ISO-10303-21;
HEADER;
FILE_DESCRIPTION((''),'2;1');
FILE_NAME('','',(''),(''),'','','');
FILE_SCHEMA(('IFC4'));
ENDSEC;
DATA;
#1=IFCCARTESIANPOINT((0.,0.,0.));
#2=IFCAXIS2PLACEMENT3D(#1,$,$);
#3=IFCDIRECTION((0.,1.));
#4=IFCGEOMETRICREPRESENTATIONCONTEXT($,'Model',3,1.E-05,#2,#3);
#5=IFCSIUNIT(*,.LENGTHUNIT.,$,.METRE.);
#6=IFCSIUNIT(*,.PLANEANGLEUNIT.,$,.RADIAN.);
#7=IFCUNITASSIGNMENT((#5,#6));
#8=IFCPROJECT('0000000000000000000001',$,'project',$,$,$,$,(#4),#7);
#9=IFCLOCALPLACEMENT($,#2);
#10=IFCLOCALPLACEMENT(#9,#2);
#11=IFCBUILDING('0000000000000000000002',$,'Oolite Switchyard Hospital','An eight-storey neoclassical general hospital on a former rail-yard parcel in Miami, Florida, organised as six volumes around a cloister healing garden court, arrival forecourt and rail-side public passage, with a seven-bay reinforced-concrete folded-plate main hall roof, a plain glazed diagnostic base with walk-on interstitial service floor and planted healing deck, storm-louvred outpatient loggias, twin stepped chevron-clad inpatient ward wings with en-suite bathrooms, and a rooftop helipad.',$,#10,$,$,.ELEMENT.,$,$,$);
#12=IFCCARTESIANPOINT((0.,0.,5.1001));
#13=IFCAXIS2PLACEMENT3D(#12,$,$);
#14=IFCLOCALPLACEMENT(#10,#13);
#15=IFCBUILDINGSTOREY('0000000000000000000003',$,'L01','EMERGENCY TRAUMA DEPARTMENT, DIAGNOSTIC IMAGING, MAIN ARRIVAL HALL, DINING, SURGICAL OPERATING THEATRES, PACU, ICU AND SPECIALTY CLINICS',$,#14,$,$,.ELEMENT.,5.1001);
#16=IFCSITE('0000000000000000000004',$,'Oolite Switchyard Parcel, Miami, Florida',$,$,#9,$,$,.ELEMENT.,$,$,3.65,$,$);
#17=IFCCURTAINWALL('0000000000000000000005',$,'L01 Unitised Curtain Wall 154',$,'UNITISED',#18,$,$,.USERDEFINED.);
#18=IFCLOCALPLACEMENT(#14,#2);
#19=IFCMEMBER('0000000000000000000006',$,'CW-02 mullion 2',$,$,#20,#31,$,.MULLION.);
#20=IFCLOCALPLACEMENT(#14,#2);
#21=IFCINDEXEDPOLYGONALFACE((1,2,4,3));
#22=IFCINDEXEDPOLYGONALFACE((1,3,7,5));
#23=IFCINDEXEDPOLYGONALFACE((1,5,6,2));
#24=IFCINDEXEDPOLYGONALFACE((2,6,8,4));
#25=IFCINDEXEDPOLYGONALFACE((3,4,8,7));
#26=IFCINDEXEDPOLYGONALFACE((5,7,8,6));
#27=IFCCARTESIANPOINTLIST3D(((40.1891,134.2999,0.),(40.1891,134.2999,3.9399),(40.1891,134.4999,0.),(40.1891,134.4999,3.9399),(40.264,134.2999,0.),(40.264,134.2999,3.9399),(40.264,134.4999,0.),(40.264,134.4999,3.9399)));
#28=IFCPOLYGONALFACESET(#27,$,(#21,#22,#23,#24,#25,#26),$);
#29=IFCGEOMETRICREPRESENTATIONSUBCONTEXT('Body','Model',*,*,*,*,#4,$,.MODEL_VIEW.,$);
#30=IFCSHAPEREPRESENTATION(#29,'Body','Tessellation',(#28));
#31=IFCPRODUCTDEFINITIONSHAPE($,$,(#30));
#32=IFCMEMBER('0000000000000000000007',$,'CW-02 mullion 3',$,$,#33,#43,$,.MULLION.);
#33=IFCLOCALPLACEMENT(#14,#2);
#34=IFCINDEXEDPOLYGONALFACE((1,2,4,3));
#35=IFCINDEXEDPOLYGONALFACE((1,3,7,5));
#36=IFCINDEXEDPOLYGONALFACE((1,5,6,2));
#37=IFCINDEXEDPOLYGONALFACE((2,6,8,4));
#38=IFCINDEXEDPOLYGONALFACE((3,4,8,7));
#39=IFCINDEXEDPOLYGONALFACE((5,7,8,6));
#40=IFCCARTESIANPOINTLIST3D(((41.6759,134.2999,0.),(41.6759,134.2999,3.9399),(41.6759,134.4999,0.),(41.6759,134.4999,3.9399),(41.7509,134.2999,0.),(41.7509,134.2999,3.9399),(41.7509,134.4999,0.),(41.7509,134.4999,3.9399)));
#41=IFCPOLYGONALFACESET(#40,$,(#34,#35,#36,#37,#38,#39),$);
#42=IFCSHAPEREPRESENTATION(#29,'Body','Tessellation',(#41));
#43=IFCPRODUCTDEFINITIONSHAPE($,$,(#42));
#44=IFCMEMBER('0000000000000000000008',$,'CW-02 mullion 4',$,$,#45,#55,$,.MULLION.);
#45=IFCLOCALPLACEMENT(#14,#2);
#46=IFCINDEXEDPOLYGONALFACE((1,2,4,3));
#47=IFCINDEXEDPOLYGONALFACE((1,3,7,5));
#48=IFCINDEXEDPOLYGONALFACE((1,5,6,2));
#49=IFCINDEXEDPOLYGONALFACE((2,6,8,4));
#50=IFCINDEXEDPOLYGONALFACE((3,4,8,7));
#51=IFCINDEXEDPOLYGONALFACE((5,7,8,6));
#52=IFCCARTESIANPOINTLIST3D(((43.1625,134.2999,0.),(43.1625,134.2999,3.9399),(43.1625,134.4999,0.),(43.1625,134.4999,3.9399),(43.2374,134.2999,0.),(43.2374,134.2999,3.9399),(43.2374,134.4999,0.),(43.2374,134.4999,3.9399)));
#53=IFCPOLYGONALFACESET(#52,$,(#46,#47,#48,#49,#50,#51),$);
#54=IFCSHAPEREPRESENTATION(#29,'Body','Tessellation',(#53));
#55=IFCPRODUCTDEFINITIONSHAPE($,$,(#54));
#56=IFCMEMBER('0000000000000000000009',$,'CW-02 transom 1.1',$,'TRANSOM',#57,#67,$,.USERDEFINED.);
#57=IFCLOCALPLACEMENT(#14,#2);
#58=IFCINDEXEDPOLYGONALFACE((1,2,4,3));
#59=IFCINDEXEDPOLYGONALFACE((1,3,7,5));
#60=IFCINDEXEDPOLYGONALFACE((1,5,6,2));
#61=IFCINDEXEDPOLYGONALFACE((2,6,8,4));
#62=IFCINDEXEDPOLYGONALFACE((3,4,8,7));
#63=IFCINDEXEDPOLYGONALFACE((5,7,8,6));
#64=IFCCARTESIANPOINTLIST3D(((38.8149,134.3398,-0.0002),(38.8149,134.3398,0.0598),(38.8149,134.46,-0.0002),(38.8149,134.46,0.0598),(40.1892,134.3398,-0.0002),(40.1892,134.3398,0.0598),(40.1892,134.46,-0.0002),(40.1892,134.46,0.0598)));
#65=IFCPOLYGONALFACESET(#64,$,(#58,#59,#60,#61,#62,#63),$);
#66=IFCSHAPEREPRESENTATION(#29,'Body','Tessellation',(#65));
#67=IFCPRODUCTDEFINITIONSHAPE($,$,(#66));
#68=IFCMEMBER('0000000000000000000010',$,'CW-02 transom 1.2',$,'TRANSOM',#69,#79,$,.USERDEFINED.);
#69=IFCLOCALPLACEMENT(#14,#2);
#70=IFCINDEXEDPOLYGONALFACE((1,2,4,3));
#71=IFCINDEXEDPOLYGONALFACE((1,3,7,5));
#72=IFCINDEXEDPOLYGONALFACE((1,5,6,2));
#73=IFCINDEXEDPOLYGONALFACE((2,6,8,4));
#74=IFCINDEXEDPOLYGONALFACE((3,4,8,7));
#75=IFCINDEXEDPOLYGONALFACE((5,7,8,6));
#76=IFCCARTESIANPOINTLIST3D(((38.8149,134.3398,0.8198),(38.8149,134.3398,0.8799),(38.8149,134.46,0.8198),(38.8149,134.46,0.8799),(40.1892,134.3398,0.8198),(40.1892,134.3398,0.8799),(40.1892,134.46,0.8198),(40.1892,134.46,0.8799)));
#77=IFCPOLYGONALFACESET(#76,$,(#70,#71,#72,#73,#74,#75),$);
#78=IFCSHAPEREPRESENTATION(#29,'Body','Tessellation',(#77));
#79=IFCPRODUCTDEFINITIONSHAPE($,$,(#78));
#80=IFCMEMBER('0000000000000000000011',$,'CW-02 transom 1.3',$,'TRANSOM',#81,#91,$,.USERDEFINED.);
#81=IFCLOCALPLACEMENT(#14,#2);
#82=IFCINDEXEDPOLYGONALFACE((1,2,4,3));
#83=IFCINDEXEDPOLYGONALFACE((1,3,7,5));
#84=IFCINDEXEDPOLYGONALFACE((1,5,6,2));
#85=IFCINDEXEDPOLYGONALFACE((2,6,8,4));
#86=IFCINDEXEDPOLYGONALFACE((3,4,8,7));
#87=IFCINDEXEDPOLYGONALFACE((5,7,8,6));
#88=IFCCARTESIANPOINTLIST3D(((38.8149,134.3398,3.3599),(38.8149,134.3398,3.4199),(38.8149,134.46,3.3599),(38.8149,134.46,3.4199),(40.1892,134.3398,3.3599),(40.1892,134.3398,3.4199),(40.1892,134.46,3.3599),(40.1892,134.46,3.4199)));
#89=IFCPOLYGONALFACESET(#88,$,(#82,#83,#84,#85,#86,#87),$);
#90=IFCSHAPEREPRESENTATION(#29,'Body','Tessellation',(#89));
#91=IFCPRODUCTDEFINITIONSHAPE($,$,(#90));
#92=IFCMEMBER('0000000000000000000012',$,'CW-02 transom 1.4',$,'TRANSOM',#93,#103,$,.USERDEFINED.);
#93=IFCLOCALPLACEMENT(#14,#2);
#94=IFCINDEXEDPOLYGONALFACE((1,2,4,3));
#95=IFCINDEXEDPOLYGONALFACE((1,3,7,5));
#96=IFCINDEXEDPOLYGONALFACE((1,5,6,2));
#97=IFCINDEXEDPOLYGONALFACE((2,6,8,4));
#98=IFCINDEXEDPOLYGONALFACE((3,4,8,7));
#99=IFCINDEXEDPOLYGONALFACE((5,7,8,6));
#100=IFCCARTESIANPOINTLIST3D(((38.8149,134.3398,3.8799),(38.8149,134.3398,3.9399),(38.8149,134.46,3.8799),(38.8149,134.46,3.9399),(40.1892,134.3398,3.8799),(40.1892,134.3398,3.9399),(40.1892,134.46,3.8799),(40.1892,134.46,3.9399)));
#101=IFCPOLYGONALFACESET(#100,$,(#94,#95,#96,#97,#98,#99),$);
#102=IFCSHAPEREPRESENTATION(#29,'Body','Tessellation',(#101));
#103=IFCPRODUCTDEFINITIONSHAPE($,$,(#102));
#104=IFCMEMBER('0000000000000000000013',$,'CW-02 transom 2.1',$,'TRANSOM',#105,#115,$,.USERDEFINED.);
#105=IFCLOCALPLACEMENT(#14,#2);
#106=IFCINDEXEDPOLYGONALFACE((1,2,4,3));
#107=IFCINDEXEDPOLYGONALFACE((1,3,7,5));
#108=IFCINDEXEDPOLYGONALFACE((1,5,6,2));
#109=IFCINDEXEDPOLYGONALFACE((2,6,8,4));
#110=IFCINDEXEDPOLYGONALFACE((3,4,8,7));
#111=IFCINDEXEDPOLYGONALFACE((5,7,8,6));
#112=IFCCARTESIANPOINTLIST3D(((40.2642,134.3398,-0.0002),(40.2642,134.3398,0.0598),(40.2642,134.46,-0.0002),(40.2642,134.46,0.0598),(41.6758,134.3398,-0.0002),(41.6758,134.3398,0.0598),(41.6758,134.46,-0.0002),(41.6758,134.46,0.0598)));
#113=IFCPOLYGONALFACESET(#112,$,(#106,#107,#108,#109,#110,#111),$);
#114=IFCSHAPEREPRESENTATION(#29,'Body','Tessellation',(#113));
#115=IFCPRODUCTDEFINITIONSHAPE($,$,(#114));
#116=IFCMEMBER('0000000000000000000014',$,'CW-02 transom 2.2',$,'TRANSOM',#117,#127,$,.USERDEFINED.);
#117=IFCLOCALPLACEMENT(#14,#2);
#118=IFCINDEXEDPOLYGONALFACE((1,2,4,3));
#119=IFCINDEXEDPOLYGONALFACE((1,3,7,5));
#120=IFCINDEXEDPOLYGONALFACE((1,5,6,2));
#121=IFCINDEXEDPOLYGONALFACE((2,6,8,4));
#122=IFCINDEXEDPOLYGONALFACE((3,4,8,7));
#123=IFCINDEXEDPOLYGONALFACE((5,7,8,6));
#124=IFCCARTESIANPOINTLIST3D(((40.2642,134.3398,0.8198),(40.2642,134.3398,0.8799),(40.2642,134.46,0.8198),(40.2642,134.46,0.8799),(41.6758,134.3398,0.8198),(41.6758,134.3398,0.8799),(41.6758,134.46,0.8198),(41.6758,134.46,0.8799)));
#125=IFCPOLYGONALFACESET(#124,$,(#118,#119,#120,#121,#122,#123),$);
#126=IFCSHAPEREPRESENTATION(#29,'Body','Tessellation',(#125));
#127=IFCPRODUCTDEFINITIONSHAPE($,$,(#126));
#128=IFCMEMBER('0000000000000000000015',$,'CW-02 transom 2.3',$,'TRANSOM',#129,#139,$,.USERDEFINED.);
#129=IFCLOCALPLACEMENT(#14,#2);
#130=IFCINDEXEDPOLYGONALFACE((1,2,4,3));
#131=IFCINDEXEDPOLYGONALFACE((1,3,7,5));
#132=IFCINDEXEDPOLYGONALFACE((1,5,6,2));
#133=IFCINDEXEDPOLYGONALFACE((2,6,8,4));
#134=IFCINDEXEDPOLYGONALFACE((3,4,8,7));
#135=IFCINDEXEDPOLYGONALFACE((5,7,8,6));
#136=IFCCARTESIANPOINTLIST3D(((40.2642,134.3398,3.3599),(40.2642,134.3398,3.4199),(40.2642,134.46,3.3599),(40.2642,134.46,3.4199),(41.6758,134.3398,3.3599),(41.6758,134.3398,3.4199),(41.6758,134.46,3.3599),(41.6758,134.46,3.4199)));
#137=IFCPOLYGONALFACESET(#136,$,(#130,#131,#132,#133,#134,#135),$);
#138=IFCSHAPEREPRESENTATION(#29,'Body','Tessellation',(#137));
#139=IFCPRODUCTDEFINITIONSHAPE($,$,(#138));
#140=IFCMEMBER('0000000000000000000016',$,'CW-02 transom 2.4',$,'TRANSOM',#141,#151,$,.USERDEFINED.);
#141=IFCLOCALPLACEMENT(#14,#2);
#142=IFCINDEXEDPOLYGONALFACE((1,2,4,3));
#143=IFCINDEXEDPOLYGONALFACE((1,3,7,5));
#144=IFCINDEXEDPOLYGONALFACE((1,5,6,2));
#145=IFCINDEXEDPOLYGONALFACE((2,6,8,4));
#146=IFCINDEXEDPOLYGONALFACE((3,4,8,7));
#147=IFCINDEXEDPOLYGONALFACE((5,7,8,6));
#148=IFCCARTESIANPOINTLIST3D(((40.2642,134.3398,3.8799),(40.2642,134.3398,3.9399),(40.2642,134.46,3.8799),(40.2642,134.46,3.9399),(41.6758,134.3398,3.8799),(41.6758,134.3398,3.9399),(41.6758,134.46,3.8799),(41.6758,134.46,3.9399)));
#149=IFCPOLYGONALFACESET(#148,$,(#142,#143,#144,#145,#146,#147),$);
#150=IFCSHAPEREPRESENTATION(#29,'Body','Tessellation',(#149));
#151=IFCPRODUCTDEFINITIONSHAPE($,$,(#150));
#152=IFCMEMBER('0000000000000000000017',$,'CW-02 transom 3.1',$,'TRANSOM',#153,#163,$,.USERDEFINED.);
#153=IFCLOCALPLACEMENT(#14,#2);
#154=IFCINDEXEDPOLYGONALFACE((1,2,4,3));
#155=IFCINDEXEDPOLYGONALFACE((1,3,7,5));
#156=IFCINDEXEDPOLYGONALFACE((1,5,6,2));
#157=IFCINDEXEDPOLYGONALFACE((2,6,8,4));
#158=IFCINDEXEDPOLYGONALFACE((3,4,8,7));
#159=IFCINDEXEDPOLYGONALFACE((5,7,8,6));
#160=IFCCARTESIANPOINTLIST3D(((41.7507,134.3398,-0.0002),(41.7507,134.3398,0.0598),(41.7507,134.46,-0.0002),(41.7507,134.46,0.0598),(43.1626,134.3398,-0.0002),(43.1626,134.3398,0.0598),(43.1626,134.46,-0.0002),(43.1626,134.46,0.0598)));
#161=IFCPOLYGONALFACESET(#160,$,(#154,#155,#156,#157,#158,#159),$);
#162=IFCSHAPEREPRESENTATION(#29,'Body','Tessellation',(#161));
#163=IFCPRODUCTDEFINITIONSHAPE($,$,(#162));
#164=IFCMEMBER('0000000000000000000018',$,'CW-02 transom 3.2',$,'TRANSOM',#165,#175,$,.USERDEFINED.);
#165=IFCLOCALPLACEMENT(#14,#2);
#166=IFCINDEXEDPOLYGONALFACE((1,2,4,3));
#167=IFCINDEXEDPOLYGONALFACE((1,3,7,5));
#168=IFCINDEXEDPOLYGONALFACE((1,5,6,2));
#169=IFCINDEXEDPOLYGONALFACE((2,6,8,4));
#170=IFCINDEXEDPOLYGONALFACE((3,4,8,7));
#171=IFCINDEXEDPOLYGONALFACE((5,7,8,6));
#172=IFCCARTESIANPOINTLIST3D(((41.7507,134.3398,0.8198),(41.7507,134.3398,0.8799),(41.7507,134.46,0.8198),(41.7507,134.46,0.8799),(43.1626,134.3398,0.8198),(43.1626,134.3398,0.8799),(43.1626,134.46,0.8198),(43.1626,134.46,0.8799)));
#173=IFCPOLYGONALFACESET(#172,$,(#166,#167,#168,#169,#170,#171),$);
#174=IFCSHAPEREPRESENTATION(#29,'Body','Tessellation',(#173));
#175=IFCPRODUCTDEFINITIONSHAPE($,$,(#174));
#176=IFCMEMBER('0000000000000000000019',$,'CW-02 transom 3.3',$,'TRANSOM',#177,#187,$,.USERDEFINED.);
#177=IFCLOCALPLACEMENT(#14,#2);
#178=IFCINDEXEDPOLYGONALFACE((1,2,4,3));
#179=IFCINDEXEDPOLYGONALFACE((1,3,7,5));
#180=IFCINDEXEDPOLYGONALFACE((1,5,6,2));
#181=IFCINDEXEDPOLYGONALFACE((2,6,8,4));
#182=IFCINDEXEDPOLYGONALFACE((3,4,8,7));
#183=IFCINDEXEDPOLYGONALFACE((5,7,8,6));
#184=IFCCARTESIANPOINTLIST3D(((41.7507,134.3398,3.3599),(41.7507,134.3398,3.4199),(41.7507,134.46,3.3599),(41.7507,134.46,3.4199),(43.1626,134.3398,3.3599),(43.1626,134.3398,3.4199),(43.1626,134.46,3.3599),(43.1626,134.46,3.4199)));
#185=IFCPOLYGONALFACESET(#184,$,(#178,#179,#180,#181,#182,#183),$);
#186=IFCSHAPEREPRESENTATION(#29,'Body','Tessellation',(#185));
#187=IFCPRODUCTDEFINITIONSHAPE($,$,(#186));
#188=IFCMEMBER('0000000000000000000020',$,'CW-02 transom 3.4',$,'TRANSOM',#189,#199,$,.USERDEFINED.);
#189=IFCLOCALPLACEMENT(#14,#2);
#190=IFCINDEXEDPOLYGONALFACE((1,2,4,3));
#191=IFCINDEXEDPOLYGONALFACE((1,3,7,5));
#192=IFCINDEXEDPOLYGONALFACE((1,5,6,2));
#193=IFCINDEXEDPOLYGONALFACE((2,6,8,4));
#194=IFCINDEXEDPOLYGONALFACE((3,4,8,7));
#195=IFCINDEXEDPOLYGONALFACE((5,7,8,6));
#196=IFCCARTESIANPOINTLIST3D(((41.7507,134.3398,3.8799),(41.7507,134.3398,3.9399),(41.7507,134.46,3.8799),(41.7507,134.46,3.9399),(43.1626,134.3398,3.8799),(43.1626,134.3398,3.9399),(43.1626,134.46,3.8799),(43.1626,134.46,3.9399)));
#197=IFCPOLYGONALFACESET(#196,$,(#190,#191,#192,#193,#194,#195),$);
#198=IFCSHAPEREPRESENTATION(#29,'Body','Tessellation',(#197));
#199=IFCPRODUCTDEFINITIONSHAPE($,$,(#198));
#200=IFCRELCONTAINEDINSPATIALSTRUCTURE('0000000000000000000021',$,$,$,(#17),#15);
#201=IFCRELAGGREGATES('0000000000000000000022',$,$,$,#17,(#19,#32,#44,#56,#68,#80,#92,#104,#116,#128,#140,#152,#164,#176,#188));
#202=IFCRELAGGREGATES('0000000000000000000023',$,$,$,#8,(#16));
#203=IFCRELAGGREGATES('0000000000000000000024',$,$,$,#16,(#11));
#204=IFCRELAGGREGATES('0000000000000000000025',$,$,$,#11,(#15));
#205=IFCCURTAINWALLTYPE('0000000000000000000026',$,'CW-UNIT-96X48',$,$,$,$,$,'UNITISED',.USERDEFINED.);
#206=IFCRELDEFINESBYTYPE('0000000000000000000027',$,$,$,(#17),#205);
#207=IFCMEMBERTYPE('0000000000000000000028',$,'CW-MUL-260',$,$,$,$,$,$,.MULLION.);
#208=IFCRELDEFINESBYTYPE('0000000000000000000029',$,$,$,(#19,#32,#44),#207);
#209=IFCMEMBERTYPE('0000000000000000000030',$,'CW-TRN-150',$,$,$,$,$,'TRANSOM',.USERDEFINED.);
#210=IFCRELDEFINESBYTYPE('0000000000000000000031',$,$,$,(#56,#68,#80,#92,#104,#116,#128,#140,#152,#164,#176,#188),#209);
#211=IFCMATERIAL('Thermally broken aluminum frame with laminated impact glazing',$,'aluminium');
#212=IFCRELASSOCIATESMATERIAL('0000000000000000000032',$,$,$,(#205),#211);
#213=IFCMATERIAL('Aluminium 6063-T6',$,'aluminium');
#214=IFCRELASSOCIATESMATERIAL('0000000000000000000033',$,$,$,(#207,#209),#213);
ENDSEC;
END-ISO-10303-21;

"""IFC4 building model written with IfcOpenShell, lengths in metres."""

from ifc_helpers import new_model, si_unit, direction, frame, origin, origin_2d, place, context, subcontext, project, spatial, rectangle, extrude, material, material_profile, profile_set, type_object, element, aggregate, save


model = new_model("IFC4")

# Units and contexts
model_context = context("Model", 3, precision=1e-05, world=origin(), true_north=direction((0.0, 1.0)))
body_context = subcontext(model_context, "Body", "Model", "MODEL_VIEW")
ifc_project = project(units=[si_unit("LENGTHUNIT", "METRE"), si_unit("PLANEANGLEUNIT", "RADIAN")], contexts=[model_context])

# Site, building, storey
site_placement = place(None, origin())
site = spatial("IfcSite", under=ifc_project, at=site_placement, Name="Oolite Switchyard Parcel, Miami, Florida", CompositionType="ELEMENT", RefElevation=3.65)
building_placement = place(site_placement, origin())
building = spatial("IfcBuilding", under=site, at=building_placement, Name="Oolite Switchyard Hospital", Description="An eight-storey neoclassical general hospital on a former rail-yard parcel in Miami, Florida, organised as six volumes around a cloister healing garden court, arrival forecourt and rail-side public passage, with a seven-bay reinforced-concrete folded-plate main hall roof, a plain glazed diagnostic base with walk-on interstitial service floor and planted healing deck, storm-louvred outpatient loggias, twin stepped chevron-clad inpatient ward wings with en-suite bathrooms, and a rooftop helipad.", CompositionType="ELEMENT")
storey_placement = place(building_placement, frame((0.0, 0.0, 5.1001)))
storey = spatial("IfcBuildingStorey", under=building, at=storey_placement, Name="L01", Description="EMERGENCY TRAUMA DEPARTMENT, DIAGNOSTIC IMAGING, MAIN ARRIVAL HALL, DINING, SURGICAL OPERATING THEATRES, PACU, ICU AND SPECIALTY CLINICS", CompositionType="ELEMENT", Elevation=5.1001)

# Curtain wall, members
ifc_material_1 = material(Name="Thermally broken aluminum frame with laminated impact glazing", Category="aluminium")
curtain_wall_type = type_object("IfcCurtainWallType", Name="CW-UNIT-96X48", ElementType="UNITISED", PredefinedType="USERDEFINED", material=ifc_material_1)
curtain_wall_placement = place(storey_placement, origin())
curtain_wall = element("IfcCurtainWall", 1, at=curtain_wall_placement, inside=storey, type_object=curtain_wall_type, Name="L01 Unitised Curtain Wall 154", ObjectType="UNITISED", PredefinedType="USERDEFINED")
ifc_material_2 = material(Name="Aluminium 6063-T6", Category="aluminium")
ifc_material_profile_1 = material_profile(ifc_material_2, rectangle(XDim=0.2, YDim=0.075, at=origin_2d()), Name="CWM75X200")
ifc_profile_set_1 = profile_set([ifc_material_profile_1], Name="Aluminium 6063-T6")
member_type_1 = type_object("IfcMemberType", Name="CW-MUL-260", PredefinedType="MULLION", material=ifc_profile_set_1)
member_1_placement = place(storey_placement, frame((40.2266, 134.3999, 0.0), z_axis=(0.0, 0.0, 1.0), x_axis=(0.0, 1.0, 0.0)))
member_1 = element("IfcMember", 2, at=member_1_placement, type_object=member_type_1, Name="CW-02 mullion 2", PredefinedType="MULLION", context=body_context, shape_type="SweptSolid", body=[
    extrude(rectangle(XDim=0.2, YDim=0.075, at=origin_2d()), origin(), (0.0, 0.0, 1.0), 3.9399),
])
member_2_placement = place(storey_placement, frame((41.7134, 134.3999, 0.0), z_axis=(0.0, 0.0, 1.0), x_axis=(0.0, 1.0, 0.0)))
member_2 = element("IfcMember", 3, at=member_2_placement, type_object=member_type_1, Name="CW-02 mullion 3", PredefinedType="MULLION", context=body_context, shape_type="SweptSolid", body=[
    extrude(rectangle(XDim=0.2, YDim=0.075, at=origin_2d()), origin(), (0.0, 0.0, 1.0), 3.9399),
])
member_3_placement = place(storey_placement, frame((43.2, 134.3999, 0.0), z_axis=(0.0, 0.0, 1.0), x_axis=(0.0, 1.0, 0.0)))
member_3 = element("IfcMember", 4, at=member_3_placement, type_object=member_type_1, Name="CW-02 mullion 4", PredefinedType="MULLION", context=body_context, shape_type="SweptSolid", body=[
    extrude(rectangle(XDim=0.2, YDim=0.075, at=origin_2d()), origin(), (0.0, 0.0, 1.0), 3.9399),
])
ifc_material_profile_2 = material_profile(ifc_material_2, rectangle(XDim=0.1201, YDim=0.0601, at=origin_2d()), Name="CWT60X120")
ifc_profile_set_2 = profile_set([ifc_material_profile_2], Name="Aluminium 6063-T6")
member_type_2 = type_object("IfcMemberType", Name="CW-TRN-150", ElementType="TRANSOM", PredefinedType="USERDEFINED", material=ifc_profile_set_2)
member_4_placement = place(storey_placement, frame((38.8149, 134.3999, 0.0298), z_axis=(1.0, 0.0, 0.0), x_axis=(0.0, 1.0, 0.0)))
member_4 = element("IfcMember", 5, at=member_4_placement, type_object=member_type_2, Name="CW-02 transom 1.1", ObjectType="TRANSOM", PredefinedType="USERDEFINED", context=body_context, shape_type="SweptSolid", body=[
    extrude(rectangle(XDim=0.1201, YDim=0.0601, at=origin_2d()), origin(), (0.0, 0.0, 1.0), 1.3743),
])
member_5_placement = place(storey_placement, frame((38.8149, 134.3999, 0.8499), z_axis=(1.0, 0.0, 0.0), x_axis=(0.0, 1.0, 0.0)))
member_5 = element("IfcMember", 6, at=member_5_placement, type_object=member_type_2, Name="CW-02 transom 1.2", ObjectType="TRANSOM", PredefinedType="USERDEFINED", context=body_context, shape_type="SweptSolid", body=[
    extrude(rectangle(XDim=0.1201, YDim=0.0601, at=origin_2d()), origin(), (0.0, 0.0, 1.0), 1.3743),
])
member_6_placement = place(storey_placement, frame((38.8149, 134.3999, 3.3899), z_axis=(1.0, 0.0, 0.0), x_axis=(0.0, 1.0, 0.0)))
member_6 = element("IfcMember", 7, at=member_6_placement, type_object=member_type_2, Name="CW-02 transom 1.3", ObjectType="TRANSOM", PredefinedType="USERDEFINED", context=body_context, shape_type="SweptSolid", body=[
    extrude(rectangle(XDim=0.1201, YDim=0.0601, at=origin_2d()), origin(), (0.0, 0.0, 1.0), 1.3743),
])
member_7_placement = place(storey_placement, frame((38.8149, 134.3999, 3.9099), z_axis=(1.0, 0.0, 0.0), x_axis=(0.0, 1.0, 0.0)))
member_7 = element("IfcMember", 8, at=member_7_placement, type_object=member_type_2, Name="CW-02 transom 1.4", ObjectType="TRANSOM", PredefinedType="USERDEFINED", context=body_context, shape_type="SweptSolid", body=[
    extrude(rectangle(XDim=0.1201, YDim=0.0601, at=origin_2d()), origin(), (0.0, 0.0, 1.0), 1.3743),
])
member_8_placement = place(storey_placement, frame((40.2642, 134.3999, 0.0298), z_axis=(1.0, 0.0, 0.0), x_axis=(0.0, 1.0, 0.0)))
member_8 = element("IfcMember", 9, at=member_8_placement, type_object=member_type_2, Name="CW-02 transom 2.1", ObjectType="TRANSOM", PredefinedType="USERDEFINED", context=body_context, shape_type="SweptSolid", body=[
    extrude(rectangle(XDim=0.1201, YDim=0.0601, at=origin_2d()), origin(), (0.0, 0.0, 1.0), 1.4116),
])
member_9_placement = place(storey_placement, frame((40.2642, 134.3999, 0.8499), z_axis=(1.0, 0.0, 0.0), x_axis=(0.0, 1.0, 0.0)))
member_9 = element("IfcMember", 10, at=member_9_placement, type_object=member_type_2, Name="CW-02 transom 2.2", ObjectType="TRANSOM", PredefinedType="USERDEFINED", context=body_context, shape_type="SweptSolid", body=[
    extrude(rectangle(XDim=0.1201, YDim=0.0601, at=origin_2d()), origin(), (0.0, 0.0, 1.0), 1.4116),
])
member_10_placement = place(storey_placement, frame((40.2642, 134.3999, 3.3899), z_axis=(1.0, 0.0, 0.0), x_axis=(0.0, 1.0, 0.0)))
member_10 = element("IfcMember", 11, at=member_10_placement, type_object=member_type_2, Name="CW-02 transom 2.3", ObjectType="TRANSOM", PredefinedType="USERDEFINED", context=body_context, shape_type="SweptSolid", body=[
    extrude(rectangle(XDim=0.1201, YDim=0.0601, at=origin_2d()), origin(), (0.0, 0.0, 1.0), 1.4116),
])
member_11_placement = place(storey_placement, frame((40.2642, 134.3999, 3.9099), z_axis=(1.0, 0.0, 0.0), x_axis=(0.0, 1.0, 0.0)))
member_11 = element("IfcMember", 12, at=member_11_placement, type_object=member_type_2, Name="CW-02 transom 2.4", ObjectType="TRANSOM", PredefinedType="USERDEFINED", context=body_context, shape_type="SweptSolid", body=[
    extrude(rectangle(XDim=0.1201, YDim=0.0601, at=origin_2d()), origin(), (0.0, 0.0, 1.0), 1.4116),
])
member_12_placement = place(storey_placement, frame((41.7507, 134.3999, 0.0298), z_axis=(1.0, 0.0, 0.0), x_axis=(0.0, 1.0, 0.0)))
member_12 = element("IfcMember", 13, at=member_12_placement, type_object=member_type_2, Name="CW-02 transom 3.1", ObjectType="TRANSOM", PredefinedType="USERDEFINED", context=body_context, shape_type="SweptSolid", body=[
    extrude(rectangle(XDim=0.1201, YDim=0.0601, at=origin_2d()), origin(), (0.0, 0.0, 1.0), 1.4119),
])
member_13_placement = place(storey_placement, frame((41.7507, 134.3999, 0.8499), z_axis=(1.0, 0.0, 0.0), x_axis=(0.0, 1.0, 0.0)))
member_13 = element("IfcMember", 14, at=member_13_placement, type_object=member_type_2, Name="CW-02 transom 3.2", ObjectType="TRANSOM", PredefinedType="USERDEFINED", context=body_context, shape_type="SweptSolid", body=[
    extrude(rectangle(XDim=0.1201, YDim=0.0601, at=origin_2d()), origin(), (0.0, 0.0, 1.0), 1.4119),
])
member_14_placement = place(storey_placement, frame((41.7507, 134.3999, 3.3899), z_axis=(1.0, 0.0, 0.0), x_axis=(0.0, 1.0, 0.0)))
member_14 = element("IfcMember", 15, at=member_14_placement, type_object=member_type_2, Name="CW-02 transom 3.3", ObjectType="TRANSOM", PredefinedType="USERDEFINED", context=body_context, shape_type="SweptSolid", body=[
    extrude(rectangle(XDim=0.1201, YDim=0.0601, at=origin_2d()), origin(), (0.0, 0.0, 1.0), 1.4119),
])
member_15_placement = place(storey_placement, frame((41.7507, 134.3999, 3.9099), z_axis=(1.0, 0.0, 0.0), x_axis=(0.0, 1.0, 0.0)))
member_15 = element("IfcMember", 16, at=member_15_placement, type_object=member_type_2, Name="CW-02 transom 3.4", ObjectType="TRANSOM", PredefinedType="USERDEFINED", context=body_context, shape_type="SweptSolid", body=[
    extrude(rectangle(XDim=0.1201, YDim=0.0601, at=origin_2d()), origin(), (0.0, 0.0, 1.0), 1.4119),
])
aggregate(curtain_wall, [member_1, member_2, member_3, member_4, member_5, member_6, member_7, member_8, member_9, member_10, member_11, member_12, member_13, member_14, member_15])

save(model, "model.ifc")
